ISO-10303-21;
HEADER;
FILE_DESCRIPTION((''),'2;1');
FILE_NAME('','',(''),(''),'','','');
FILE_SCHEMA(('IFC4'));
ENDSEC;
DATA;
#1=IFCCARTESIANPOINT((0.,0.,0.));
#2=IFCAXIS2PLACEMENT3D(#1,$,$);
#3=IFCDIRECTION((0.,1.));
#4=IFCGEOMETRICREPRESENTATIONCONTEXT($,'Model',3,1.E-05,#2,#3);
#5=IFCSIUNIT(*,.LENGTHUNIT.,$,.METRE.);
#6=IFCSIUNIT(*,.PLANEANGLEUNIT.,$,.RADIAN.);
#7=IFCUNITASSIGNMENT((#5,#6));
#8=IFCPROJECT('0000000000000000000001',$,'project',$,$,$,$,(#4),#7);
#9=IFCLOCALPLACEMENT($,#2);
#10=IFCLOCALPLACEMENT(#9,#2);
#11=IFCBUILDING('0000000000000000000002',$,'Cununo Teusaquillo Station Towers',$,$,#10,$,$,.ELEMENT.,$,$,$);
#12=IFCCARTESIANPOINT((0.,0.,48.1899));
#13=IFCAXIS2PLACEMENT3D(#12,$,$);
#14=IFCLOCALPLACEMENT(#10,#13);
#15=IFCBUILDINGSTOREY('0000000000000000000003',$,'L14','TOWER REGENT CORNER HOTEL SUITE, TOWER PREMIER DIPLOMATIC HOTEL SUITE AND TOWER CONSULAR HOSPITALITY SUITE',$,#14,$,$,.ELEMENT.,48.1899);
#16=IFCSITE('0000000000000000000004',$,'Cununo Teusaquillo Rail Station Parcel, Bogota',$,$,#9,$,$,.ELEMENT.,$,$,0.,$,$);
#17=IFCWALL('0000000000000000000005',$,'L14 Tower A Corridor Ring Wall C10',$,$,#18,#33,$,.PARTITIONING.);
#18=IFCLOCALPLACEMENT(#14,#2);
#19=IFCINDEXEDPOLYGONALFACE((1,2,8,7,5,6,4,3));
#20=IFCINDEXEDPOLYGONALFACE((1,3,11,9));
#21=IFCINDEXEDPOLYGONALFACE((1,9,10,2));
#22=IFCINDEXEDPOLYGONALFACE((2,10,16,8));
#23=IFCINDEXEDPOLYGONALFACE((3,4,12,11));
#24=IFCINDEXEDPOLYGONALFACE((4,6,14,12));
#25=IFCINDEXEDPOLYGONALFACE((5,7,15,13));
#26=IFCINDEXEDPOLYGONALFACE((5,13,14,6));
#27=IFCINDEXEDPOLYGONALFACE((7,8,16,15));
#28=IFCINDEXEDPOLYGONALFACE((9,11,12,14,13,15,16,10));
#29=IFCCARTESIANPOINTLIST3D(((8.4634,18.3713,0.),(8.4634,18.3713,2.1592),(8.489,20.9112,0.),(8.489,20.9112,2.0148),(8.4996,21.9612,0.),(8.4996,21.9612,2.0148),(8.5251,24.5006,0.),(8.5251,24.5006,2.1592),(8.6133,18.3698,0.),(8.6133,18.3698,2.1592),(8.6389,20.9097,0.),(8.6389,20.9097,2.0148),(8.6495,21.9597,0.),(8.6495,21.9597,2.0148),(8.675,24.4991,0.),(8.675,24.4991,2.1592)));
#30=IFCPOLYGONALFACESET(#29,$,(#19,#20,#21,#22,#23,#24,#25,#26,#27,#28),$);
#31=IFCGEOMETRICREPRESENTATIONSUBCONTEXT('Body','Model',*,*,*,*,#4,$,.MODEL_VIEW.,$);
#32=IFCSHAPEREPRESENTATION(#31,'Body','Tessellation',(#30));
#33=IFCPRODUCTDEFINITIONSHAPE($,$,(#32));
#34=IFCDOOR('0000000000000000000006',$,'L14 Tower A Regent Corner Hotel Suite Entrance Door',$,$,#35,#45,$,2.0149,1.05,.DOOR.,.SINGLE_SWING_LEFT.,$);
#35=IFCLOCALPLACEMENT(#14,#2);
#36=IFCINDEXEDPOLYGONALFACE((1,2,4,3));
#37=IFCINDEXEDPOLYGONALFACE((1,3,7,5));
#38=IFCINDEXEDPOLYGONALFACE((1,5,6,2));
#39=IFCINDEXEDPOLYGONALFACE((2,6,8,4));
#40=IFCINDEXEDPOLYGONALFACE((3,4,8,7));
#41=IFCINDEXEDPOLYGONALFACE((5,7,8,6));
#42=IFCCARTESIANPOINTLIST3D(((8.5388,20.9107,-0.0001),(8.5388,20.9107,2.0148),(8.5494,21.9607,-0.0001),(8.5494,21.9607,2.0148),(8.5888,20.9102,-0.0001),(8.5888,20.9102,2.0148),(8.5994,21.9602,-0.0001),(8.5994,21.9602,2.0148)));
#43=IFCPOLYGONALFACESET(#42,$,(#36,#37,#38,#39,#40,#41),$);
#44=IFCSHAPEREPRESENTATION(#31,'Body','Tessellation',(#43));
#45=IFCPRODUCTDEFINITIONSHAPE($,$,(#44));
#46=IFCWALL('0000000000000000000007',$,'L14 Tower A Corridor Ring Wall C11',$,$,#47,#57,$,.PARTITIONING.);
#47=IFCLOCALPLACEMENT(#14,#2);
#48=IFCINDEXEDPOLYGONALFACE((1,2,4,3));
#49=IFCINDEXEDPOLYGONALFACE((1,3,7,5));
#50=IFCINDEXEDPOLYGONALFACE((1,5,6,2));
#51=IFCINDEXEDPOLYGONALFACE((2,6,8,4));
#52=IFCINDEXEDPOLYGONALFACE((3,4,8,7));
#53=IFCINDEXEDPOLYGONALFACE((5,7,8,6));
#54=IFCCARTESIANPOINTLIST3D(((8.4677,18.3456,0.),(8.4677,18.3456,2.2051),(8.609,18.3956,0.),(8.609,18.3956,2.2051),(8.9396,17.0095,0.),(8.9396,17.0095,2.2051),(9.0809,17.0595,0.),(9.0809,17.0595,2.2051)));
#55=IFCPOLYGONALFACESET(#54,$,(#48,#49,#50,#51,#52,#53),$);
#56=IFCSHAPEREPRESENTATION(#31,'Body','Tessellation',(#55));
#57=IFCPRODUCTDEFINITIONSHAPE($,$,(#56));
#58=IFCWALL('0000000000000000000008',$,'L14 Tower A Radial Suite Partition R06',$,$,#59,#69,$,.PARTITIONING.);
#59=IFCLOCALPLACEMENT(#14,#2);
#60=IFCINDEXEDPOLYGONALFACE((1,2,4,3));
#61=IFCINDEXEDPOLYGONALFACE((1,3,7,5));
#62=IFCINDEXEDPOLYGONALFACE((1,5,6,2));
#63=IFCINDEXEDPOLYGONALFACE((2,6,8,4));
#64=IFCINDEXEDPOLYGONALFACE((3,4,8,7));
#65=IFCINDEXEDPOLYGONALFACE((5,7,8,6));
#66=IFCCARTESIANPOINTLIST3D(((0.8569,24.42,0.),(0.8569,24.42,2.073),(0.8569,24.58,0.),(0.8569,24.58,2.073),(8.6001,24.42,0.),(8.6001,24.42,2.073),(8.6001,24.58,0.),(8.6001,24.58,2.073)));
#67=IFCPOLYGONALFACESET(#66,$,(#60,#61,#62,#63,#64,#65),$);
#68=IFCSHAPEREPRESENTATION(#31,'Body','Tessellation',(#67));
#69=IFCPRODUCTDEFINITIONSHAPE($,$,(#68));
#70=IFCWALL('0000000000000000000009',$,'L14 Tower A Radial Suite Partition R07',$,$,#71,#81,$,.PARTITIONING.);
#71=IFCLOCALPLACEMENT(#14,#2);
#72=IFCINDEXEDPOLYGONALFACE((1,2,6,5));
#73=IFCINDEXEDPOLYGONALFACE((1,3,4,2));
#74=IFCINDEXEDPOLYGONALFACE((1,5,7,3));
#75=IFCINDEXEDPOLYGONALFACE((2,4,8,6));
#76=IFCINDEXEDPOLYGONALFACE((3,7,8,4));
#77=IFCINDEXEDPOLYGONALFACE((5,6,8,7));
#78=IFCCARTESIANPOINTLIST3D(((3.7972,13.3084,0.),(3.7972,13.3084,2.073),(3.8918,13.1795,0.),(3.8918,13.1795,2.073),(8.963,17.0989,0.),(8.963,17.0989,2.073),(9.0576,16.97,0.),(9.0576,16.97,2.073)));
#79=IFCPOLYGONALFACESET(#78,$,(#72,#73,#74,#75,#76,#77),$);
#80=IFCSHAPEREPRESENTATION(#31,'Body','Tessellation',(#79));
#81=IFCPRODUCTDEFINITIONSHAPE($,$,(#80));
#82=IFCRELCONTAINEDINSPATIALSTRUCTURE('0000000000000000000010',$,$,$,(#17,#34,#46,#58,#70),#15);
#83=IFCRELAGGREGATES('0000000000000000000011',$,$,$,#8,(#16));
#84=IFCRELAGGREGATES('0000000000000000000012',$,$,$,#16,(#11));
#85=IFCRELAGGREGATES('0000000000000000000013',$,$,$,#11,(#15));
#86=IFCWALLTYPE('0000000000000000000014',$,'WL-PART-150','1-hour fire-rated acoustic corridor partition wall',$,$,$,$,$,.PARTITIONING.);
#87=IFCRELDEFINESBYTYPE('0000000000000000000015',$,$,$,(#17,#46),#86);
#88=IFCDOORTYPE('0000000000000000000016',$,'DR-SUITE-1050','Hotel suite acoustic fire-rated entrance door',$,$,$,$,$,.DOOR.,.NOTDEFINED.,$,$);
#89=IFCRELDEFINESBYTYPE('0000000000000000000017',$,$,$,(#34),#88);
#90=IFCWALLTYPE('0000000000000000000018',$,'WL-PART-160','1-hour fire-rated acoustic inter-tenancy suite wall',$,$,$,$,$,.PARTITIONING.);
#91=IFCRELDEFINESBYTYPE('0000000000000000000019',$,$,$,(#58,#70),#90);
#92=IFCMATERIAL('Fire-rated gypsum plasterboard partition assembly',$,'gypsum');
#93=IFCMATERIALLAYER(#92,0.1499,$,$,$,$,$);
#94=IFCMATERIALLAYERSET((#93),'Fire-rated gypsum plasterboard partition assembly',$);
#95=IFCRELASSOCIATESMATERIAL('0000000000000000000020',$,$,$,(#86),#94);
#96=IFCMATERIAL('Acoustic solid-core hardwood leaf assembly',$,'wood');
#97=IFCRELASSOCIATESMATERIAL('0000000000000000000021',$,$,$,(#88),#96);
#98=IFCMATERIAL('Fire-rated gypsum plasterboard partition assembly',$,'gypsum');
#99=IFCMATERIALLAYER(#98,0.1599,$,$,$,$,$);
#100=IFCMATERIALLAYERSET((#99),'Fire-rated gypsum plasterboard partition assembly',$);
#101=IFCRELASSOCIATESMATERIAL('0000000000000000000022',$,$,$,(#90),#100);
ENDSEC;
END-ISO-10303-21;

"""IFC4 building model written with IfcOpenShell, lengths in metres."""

from ifc_helpers import new_model, si_unit, direction, frame, frame_2d, origin, place, context, subcontext, project, spatial, rectangle, extrude, source, transform, mapped, material, layer, layer_set, type_object, element, fill, save


model = new_model("IFC4")

# Units and contexts
model_context = context("Model", 3, precision=1e-05, world=origin(), true_north=direction((0.0, 1.0)))
body_context = subcontext(model_context, "Body", "Model", "MODEL_VIEW")
ifc_project = project(units=[si_unit("LENGTHUNIT", "METRE"), si_unit("PLANEANGLEUNIT", "RADIAN")], contexts=[model_context])

# Site, building, storey
site_placement = place(None, origin())
site = spatial("IfcSite", under=ifc_project, at=site_placement, Name="Cununo Teusaquillo Rail Station Parcel, Bogota", CompositionType="ELEMENT", RefElevation=0.0)
building_placement = place(site_placement, origin())
building = spatial("IfcBuilding", under=site, at=building_placement, Name="Cununo Teusaquillo Station Towers", CompositionType="ELEMENT")
storey_placement = place(building_placement, frame((0.0, 0.0, 48.1899)))
storey = spatial("IfcBuildingStorey", under=building, at=storey_placement, Name="L14", Description="TOWER REGENT CORNER HOTEL SUITE, TOWER PREMIER DIPLOMATIC HOTEL SUITE AND TOWER CONSULAR HOSPITALITY SUITE", CompositionType="ELEMENT", Elevation=48.1899)

# Wall, opening, door
ifc_material_1 = material(Name="Fire-rated gypsum plasterboard partition assembly", Category="gypsum")
ifc_layer_1 = layer(ifc_material_1, 0.1499)
ifc_layer_set_1 = layer_set([ifc_layer_1], Name="Fire-rated gypsum plasterboard partition assembly")
wall_type_1 = type_object("IfcWallType", Name="WL-PART-150", Description="1-hour fire-rated acoustic corridor partition wall", PredefinedType="PARTITIONING", material=ifc_layer_set_1)
wall_1_placement = place(storey_placement, frame((8.6001, 24.5, 0.0), z_axis=(0.0, 0.0, 1.0), x_axis=(-0.010077, -0.999949, 0.0)))
wall_1 = element("IfcWall", 1, at=wall_1_placement, inside=storey, type_object=wall_type_1, Name="L14 Tower A Corridor Ring Wall C10", PredefinedType="PARTITIONING", context=body_context, shape_type="SweptSolid", body=[
    extrude(rectangle(XDim=6.1296, YDim=0.1499, at=frame_2d((3.0649, 0.0))), origin(), (0.0, 0.0, 1.0), 2.1592),
])
shared_shape_1 = source(origin(), body_context, "Body", "SweptSolid", [
    extrude(rectangle(XDim=1.05, YDim=2.0149, at=frame_2d((0.5249, 1.0073))), frame((0.0, 0.085, 0.0), z_axis=(0.0, -1.0, 0.0), x_axis=(1.0, 0.0, 0.0)), (0.0, 0.0, 1.0), 0.1699),
])
opening_1_placement = place(wall_1_placement, frame((2.5398, 0.0, 0.0)))
opening_1 = element("IfcOpeningElement", 2, at=opening_1_placement, cuts=wall_1, PredefinedType="OPENING", context=body_context, shape_type="MappedRepresentation", body=[
    mapped(shared_shape_1, transform((0.0, 0.0, 0.0), x_axis=(1.0, 0.0, 0.0), y_axis=(0.0, 1.0, 0.0), z_axis=(0.0, 0.0, 1.0), scale=1.0)),
])
ifc_material_2 = material(Name="Acoustic solid-core hardwood leaf assembly", Category="wood")
door_type_1 = type_object("IfcDoorType", Name="DR-SUITE-1050", Description="Hotel suite acoustic fire-rated entrance door", OperationType="NOTDEFINED", PredefinedType="DOOR", material=ifc_material_2)
shared_shape_2 = source(origin(), body_context, "Body", "SweptSolid", [
    extrude(rectangle(XDim=1.05, YDim=2.0149, at=frame_2d((0.5249, 1.0073))), frame((0.0, 0.0249, 0.0), z_axis=(0.0, -1.0, 0.0), x_axis=(1.0, 0.0, 0.0)), (0.0, 0.0, 1.0), 0.05),
])
door_1_placement = place(opening_1_placement, origin())
door_1 = element("IfcDoor", 3, at=door_1_placement, inside=storey, type_object=door_type_1, Name="L14 Tower A Regent Corner Hotel Suite Entrance Door", OperationType="SINGLE_SWING_LEFT", OverallHeight=2.0149, OverallWidth=1.05, PredefinedType="DOOR", context=body_context, shape_type="MappedRepresentation", body=[
    mapped(shared_shape_2, transform((0.0, 0.0, 0.0), x_axis=(1.0, 0.0, 0.0), y_axis=(0.0, 1.0, 0.0), z_axis=(0.0, 0.0, 1.0), scale=1.0)),
])
fill(opening_1, door_1)

# Walls
wall_2_placement = place(storey_placement, frame((8.5383, 18.3706, 0.0), z_axis=(0.0, 0.0, 1.0), x_axis=(0.333027, -0.942917, 0.0)))
element("IfcWall", 4, at=wall_2_placement, inside=storey, type_object=wall_type_1, Name="L14 Tower A Corridor Ring Wall C11", PredefinedType="PARTITIONING", context=body_context, shape_type="SweptSolid", body=[
    extrude(rectangle(XDim=1.417, YDim=0.1499, at=frame_2d((0.7085, 0.0))), origin(), (0.0, 0.0, 1.0), 2.2051),
])
ifc_material_3 = material(Name="Fire-rated gypsum plasterboard partition assembly", Category="gypsum")
ifc_layer_2 = layer(ifc_material_3, 0.1599)
ifc_layer_set_2 = layer_set([ifc_layer_2], Name="Fire-rated gypsum plasterboard partition assembly")
wall_type_2 = type_object("IfcWallType", Name="WL-PART-160", Description="1-hour fire-rated acoustic inter-tenancy suite wall", PredefinedType="PARTITIONING", material=ifc_layer_set_2)
wall_3_placement = place(storey_placement, frame((8.6001, 24.5, 0.0), z_axis=(0.0, 0.0, 1.0), x_axis=(-1.0, 0.0, 0.0)))
element("IfcWall", 5, at=wall_3_placement, inside=storey, type_object=wall_type_2, Name="L14 Tower A Radial Suite Partition R06", PredefinedType="PARTITIONING", context=body_context, shape_type="SweptSolid", body=[
    extrude(rectangle(XDim=7.7432, YDim=0.1599, at=frame_2d((3.8716, 0.0))), origin(), (0.0, 0.0, 1.0), 2.073),
])
wall_4_placement = place(storey_placement, frame((9.0103, 17.0344, 0.0), z_axis=(0.0, 0.0, 1.0), x_axis=(-0.806234, -0.591597, 0.0)))
element("IfcWall", 6, at=wall_4_placement, inside=storey, type_object=wall_type_2, Name="L14 Tower A Radial Suite Partition R07", PredefinedType="PARTITIONING", context=body_context, shape_type="SweptSolid", body=[
    extrude(rectangle(XDim=6.4072, YDim=0.1599, at=frame_2d((3.2036, 0.0))), origin(), (0.0, 0.0, 1.0), 2.073),
])

save(model, "model.ifc")
